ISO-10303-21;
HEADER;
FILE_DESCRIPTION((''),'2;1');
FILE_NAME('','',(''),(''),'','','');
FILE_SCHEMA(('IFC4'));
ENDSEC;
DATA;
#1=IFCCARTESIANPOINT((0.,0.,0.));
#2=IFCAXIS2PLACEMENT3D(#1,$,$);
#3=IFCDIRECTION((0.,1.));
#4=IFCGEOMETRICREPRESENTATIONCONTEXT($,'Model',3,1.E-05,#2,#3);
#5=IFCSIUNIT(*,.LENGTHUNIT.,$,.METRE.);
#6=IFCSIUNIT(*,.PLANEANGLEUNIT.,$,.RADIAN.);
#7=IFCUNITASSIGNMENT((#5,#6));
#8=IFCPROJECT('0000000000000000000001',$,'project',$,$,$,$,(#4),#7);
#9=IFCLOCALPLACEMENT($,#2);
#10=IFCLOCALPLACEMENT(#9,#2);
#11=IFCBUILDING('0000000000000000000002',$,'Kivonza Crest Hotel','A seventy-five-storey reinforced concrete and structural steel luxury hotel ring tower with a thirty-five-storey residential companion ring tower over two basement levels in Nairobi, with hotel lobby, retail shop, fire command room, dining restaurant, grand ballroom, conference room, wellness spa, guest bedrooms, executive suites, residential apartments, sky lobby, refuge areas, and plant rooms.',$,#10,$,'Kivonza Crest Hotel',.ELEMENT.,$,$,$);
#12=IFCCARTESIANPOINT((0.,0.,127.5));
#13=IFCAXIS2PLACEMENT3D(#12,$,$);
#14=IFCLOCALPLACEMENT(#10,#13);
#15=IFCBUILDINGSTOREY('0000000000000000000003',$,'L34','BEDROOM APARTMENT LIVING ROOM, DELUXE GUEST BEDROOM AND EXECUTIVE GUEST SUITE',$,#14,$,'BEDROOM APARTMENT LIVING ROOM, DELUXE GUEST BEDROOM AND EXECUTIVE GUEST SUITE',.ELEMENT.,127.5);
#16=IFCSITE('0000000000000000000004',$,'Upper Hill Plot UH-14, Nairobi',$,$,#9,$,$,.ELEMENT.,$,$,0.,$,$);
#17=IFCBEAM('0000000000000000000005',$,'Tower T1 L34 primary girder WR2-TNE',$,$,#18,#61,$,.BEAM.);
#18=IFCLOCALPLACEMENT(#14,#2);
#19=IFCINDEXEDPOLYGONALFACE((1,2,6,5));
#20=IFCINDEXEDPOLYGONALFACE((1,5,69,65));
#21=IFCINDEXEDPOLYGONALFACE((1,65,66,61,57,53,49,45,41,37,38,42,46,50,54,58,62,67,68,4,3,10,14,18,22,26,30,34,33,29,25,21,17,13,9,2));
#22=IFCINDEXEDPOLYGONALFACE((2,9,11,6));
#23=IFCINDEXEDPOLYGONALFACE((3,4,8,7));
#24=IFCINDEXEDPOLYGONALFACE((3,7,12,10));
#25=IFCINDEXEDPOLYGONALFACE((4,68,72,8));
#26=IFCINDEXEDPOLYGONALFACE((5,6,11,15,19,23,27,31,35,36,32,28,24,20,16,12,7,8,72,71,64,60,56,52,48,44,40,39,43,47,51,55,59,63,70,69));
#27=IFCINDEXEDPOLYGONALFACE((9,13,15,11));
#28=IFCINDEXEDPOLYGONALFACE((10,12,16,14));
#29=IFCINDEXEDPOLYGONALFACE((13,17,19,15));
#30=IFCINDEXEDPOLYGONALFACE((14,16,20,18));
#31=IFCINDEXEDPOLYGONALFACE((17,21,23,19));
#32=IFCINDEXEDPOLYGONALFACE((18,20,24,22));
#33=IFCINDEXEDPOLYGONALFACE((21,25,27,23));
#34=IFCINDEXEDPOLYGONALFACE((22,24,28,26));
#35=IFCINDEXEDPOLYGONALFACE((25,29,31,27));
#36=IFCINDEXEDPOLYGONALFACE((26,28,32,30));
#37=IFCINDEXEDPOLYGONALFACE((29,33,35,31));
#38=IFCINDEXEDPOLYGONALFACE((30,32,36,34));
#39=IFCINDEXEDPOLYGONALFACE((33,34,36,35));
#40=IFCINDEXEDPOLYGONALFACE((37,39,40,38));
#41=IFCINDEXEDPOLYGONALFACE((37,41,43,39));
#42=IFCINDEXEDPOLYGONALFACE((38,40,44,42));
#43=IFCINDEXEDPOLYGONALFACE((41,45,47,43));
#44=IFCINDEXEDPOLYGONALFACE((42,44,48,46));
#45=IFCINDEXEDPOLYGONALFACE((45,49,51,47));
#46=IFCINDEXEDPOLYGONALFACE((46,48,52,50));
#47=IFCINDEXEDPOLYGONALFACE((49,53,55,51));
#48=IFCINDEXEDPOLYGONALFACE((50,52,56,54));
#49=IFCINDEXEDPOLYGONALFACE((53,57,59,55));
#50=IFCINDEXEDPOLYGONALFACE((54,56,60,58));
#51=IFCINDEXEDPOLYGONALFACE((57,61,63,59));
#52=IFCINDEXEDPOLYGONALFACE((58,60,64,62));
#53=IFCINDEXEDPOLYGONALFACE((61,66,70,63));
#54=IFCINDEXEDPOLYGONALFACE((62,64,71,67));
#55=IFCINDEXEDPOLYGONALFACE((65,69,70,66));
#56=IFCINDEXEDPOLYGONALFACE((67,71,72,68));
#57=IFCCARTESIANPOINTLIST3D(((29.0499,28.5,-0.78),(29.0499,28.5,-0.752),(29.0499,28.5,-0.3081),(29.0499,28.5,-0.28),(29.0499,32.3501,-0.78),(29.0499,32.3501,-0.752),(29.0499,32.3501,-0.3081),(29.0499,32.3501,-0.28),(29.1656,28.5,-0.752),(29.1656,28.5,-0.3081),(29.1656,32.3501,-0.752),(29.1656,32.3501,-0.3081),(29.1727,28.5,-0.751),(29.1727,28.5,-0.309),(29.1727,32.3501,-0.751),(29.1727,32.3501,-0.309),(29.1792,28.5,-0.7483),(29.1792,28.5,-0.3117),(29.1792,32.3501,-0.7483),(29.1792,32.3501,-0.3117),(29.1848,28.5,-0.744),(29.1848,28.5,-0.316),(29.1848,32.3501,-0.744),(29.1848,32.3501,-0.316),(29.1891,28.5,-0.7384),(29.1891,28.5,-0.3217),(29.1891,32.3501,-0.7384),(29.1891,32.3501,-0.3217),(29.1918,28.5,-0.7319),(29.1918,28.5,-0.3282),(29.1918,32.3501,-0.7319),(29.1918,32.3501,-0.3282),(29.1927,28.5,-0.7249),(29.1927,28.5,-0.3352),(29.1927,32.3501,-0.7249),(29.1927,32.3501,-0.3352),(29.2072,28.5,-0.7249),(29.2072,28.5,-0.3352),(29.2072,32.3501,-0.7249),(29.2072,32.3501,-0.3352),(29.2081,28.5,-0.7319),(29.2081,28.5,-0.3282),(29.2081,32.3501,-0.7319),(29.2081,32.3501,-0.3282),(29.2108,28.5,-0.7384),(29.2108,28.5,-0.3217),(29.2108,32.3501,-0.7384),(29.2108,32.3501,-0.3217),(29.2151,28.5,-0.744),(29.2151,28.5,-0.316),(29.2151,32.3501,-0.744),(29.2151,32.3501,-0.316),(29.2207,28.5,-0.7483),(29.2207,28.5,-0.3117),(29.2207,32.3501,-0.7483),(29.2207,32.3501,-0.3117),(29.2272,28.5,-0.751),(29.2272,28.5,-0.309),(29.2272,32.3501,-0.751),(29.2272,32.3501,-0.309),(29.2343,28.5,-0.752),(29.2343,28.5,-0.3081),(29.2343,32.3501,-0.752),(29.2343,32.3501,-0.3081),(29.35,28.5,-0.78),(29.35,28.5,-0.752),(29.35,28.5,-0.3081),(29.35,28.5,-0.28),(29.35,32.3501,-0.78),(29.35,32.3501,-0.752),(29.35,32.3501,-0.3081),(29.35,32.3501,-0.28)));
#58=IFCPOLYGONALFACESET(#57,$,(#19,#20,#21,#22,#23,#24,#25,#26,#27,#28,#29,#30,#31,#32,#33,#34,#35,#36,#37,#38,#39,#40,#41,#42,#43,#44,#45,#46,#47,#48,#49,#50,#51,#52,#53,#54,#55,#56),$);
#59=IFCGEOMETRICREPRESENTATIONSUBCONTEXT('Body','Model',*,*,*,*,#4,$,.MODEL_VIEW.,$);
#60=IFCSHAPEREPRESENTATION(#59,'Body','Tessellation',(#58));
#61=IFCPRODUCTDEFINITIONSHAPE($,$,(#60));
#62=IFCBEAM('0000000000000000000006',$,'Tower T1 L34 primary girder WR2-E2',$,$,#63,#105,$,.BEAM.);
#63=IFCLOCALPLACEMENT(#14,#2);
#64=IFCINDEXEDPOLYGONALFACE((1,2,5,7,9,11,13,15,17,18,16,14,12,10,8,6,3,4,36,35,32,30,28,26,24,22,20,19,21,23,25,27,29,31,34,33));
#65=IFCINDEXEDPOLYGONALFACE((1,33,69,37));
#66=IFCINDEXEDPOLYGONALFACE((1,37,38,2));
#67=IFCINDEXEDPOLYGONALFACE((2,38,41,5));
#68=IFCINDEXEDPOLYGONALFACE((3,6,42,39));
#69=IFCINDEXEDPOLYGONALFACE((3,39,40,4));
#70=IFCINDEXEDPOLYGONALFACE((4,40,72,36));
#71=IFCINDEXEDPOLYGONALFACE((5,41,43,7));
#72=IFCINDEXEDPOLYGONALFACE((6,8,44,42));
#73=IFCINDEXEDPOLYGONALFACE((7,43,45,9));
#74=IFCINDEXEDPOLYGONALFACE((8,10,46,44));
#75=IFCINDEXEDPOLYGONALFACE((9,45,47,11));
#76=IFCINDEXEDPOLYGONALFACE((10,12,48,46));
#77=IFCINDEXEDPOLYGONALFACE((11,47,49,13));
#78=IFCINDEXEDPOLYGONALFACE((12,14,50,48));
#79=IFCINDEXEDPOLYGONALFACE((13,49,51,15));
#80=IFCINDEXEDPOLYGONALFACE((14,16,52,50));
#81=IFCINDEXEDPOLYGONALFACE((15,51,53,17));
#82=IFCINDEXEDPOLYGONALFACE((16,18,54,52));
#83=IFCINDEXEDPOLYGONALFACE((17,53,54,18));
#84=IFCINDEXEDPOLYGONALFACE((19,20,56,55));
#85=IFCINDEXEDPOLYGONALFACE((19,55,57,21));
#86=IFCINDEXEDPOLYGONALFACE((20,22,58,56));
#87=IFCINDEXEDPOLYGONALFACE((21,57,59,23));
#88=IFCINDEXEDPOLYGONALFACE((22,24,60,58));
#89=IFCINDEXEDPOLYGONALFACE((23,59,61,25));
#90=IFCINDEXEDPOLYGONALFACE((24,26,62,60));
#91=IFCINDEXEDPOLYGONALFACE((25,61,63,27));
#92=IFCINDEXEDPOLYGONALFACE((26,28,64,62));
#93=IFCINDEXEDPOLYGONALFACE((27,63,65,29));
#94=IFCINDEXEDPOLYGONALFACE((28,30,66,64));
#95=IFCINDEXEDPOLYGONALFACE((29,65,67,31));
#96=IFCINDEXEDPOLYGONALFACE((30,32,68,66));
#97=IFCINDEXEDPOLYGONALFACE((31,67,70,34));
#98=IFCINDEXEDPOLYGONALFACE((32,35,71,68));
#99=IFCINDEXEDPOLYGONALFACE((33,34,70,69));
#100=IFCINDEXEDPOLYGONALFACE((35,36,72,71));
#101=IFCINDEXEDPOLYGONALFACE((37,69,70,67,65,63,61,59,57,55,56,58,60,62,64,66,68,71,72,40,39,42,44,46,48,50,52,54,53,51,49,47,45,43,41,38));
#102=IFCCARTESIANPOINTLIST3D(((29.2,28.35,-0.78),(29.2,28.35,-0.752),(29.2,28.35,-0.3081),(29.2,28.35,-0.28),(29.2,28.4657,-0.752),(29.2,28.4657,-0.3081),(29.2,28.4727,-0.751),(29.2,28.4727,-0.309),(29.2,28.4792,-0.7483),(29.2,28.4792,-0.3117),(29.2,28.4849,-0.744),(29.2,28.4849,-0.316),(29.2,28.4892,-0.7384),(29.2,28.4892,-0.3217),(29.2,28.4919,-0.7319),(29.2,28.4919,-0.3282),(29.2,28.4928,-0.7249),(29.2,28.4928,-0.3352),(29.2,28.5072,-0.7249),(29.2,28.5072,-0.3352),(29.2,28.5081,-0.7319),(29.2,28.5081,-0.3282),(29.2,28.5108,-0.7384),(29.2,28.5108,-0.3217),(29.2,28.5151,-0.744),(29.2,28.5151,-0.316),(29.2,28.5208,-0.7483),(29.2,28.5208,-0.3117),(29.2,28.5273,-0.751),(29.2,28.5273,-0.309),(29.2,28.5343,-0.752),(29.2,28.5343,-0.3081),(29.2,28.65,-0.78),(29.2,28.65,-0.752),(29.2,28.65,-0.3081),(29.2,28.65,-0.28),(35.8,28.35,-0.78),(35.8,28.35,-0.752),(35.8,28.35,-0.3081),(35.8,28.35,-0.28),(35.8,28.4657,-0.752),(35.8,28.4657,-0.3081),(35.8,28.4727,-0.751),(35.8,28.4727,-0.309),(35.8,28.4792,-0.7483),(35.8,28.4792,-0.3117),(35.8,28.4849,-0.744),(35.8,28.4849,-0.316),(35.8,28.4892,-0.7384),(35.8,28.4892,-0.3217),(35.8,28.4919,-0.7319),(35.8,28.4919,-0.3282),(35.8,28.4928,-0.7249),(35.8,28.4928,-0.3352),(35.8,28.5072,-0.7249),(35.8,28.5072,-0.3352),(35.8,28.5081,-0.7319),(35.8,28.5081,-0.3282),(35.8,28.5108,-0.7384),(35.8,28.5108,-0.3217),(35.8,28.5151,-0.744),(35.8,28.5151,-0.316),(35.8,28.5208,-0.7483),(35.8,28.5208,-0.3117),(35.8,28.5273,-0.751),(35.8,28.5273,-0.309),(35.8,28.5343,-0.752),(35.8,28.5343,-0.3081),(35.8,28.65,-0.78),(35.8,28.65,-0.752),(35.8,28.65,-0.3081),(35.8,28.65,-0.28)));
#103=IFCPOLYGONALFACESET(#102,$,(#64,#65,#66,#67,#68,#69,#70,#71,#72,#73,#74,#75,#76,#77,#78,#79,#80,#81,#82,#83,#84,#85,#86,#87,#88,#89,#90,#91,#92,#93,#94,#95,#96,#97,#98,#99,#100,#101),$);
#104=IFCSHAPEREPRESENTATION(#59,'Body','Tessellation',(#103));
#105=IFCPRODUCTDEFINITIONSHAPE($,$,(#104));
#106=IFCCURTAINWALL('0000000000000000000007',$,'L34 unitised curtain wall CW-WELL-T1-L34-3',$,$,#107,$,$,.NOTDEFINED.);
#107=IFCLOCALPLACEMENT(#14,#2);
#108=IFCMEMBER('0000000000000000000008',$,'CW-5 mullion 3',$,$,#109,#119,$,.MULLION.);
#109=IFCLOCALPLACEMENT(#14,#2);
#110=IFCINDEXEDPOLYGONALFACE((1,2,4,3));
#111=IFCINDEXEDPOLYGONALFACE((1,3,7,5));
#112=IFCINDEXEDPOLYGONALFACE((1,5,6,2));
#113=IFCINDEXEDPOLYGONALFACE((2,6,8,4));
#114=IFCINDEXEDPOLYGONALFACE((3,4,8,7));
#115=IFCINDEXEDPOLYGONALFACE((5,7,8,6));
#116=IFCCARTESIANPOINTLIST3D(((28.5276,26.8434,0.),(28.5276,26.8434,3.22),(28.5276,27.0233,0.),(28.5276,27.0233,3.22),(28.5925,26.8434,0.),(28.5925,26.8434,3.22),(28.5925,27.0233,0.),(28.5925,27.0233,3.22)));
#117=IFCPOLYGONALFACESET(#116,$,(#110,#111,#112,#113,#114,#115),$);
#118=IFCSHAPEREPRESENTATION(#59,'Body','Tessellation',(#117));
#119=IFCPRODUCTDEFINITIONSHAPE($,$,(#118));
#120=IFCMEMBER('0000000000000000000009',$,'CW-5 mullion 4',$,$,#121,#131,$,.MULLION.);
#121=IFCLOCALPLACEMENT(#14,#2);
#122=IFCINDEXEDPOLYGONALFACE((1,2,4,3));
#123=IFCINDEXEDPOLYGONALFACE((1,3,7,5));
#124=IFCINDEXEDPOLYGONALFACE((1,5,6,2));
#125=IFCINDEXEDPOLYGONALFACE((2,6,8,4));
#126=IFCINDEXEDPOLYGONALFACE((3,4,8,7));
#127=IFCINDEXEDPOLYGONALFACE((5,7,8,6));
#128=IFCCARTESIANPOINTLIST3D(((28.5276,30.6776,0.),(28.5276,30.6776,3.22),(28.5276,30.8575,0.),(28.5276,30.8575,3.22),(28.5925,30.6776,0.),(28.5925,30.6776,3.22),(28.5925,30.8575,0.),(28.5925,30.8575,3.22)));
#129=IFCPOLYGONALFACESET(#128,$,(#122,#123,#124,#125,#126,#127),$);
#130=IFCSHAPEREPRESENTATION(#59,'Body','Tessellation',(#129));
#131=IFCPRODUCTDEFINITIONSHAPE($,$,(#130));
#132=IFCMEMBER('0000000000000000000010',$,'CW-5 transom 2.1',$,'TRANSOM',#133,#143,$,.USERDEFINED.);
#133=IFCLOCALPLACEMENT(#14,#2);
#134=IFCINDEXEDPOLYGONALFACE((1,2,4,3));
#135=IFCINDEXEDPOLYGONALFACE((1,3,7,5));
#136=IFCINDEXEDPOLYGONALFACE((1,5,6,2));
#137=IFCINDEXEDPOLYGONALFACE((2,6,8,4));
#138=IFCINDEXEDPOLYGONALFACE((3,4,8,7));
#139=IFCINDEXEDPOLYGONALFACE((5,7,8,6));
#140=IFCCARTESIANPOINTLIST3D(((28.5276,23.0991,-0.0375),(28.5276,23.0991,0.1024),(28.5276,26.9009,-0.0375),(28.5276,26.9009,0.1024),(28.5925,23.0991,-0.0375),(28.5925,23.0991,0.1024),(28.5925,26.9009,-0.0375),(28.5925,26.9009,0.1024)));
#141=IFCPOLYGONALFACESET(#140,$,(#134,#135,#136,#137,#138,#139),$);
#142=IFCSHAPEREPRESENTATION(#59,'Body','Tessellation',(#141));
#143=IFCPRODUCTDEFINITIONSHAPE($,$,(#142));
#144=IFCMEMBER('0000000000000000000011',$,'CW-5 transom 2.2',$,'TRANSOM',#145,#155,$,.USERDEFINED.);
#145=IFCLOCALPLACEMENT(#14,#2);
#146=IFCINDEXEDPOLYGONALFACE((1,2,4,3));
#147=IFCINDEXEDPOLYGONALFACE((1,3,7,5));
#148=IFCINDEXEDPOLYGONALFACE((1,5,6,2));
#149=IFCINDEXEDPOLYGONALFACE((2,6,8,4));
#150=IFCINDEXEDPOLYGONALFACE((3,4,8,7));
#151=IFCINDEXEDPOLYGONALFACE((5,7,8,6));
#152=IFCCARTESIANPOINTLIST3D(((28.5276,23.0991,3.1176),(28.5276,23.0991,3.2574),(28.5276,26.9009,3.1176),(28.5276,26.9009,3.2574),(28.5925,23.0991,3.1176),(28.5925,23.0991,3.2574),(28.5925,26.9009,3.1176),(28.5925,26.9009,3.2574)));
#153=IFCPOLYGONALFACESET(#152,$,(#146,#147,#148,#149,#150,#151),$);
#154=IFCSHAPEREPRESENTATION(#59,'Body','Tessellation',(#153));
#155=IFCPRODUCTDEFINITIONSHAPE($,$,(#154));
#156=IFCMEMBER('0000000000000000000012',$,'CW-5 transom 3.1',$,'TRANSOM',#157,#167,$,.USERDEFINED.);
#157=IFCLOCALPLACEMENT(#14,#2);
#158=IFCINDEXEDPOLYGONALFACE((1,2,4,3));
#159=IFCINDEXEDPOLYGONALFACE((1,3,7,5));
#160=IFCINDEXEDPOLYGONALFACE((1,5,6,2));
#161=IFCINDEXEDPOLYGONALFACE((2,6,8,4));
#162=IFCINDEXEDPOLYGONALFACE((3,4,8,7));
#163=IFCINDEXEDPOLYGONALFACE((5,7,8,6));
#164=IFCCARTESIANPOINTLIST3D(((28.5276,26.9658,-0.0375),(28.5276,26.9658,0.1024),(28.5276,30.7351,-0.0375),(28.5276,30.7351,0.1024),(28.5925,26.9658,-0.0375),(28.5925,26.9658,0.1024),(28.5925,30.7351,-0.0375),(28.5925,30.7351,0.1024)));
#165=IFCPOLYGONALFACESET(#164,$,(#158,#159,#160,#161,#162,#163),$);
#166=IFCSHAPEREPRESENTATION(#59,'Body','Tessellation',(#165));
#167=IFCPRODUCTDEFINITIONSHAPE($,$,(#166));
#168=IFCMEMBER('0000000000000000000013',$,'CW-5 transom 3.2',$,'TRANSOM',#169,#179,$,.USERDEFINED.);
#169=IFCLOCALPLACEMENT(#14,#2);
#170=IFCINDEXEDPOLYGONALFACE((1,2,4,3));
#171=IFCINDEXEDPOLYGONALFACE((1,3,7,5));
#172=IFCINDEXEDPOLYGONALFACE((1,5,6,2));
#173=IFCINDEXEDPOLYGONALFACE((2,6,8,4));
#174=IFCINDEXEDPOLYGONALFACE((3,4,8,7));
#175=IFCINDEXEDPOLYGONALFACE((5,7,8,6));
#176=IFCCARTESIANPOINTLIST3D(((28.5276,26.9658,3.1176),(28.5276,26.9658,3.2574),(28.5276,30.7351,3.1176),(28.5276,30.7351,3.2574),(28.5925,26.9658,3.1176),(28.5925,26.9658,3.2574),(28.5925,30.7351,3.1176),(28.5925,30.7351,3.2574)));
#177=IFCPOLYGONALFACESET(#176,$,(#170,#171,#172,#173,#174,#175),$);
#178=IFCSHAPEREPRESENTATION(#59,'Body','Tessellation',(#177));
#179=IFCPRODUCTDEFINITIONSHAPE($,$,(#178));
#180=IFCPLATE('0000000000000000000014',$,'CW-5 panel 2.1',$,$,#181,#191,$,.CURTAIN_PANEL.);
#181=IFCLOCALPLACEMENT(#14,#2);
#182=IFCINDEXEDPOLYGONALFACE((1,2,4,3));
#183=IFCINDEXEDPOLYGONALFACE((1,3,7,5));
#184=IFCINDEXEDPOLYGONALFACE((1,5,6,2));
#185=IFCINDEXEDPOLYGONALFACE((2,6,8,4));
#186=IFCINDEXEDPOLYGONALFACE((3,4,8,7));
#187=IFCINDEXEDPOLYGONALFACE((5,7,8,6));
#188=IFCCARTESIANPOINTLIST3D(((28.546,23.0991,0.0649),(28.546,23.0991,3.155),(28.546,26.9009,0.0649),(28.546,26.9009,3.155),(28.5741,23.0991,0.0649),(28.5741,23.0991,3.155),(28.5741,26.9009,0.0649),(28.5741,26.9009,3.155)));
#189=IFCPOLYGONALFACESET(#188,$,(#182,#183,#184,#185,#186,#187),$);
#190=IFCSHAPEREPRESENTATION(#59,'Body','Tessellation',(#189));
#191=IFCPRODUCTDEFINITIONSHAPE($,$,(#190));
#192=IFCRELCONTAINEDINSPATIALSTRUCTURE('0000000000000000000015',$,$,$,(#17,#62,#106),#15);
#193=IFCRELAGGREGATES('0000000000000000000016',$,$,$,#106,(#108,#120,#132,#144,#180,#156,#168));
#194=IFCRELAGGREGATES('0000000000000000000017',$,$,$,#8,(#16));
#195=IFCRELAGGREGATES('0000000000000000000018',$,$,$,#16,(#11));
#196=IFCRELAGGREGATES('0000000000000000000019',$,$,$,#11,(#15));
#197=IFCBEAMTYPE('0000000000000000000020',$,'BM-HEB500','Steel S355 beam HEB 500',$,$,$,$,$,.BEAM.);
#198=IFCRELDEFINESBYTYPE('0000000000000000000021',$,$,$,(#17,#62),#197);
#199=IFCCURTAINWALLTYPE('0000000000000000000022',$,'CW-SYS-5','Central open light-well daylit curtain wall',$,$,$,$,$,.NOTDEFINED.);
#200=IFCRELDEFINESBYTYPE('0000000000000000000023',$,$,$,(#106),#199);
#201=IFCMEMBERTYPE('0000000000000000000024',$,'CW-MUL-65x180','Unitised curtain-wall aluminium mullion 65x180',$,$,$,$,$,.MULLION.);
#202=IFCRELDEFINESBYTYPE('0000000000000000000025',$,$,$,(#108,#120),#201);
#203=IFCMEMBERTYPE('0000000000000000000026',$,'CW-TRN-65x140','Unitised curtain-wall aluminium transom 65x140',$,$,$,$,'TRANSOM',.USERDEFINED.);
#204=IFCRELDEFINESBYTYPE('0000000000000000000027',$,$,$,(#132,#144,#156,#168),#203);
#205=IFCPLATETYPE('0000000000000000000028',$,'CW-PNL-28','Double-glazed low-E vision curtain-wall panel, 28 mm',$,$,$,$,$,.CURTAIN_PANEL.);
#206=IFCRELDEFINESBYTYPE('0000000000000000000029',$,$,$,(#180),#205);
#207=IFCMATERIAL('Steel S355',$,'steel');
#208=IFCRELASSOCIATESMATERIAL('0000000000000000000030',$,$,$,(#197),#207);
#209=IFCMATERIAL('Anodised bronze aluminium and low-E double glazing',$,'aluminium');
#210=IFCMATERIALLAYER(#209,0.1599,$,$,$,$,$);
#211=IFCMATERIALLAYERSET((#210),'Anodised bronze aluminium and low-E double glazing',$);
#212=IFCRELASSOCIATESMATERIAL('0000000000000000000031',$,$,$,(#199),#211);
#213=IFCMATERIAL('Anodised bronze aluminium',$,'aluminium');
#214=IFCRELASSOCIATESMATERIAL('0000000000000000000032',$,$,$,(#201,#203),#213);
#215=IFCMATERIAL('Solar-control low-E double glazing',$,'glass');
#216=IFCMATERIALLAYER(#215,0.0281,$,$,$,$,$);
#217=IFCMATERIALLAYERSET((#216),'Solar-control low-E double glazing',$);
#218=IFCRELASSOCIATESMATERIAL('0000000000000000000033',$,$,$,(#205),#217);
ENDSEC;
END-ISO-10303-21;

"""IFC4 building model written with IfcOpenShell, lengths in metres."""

from ifc_helpers import new_model, si_unit, direction, frame, origin, origin_2d, place, context, subcontext, project, spatial, rectangle, i_section, extrude, material, layer, layer_set, material_profile, profile_set, type_object, element, aggregate, save


model = new_model("IFC4")

# Units and contexts
model_context = context("Model", 3, precision=1e-05, world=origin(), true_north=direction((0.0, 1.0)))
body_context = subcontext(model_context, "Body", "Model", "MODEL_VIEW")
ifc_project = project(units=[si_unit("LENGTHUNIT", "METRE"), si_unit("PLANEANGLEUNIT", "RADIAN")], contexts=[model_context])

# Site, building, storey
site_placement = place(None, origin())
site = spatial("IfcSite", under=ifc_project, at=site_placement, Name="Upper Hill Plot UH-14, Nairobi", CompositionType="ELEMENT", RefElevation=0.0)
building_placement = place(site_placement, origin())
building = spatial("IfcBuilding", under=site, at=building_placement, Name="Kivonza Crest Hotel", Description="A seventy-five-storey reinforced concrete and structural steel luxury hotel ring tower with a thirty-five-storey residential companion ring tower over two basement levels in Nairobi, with hotel lobby, retail shop, fire command room, dining restaurant, grand ballroom, conference room, wellness spa, guest bedrooms, executive suites, residential apartments, sky lobby, refuge areas, and plant rooms.", LongName="Kivonza Crest Hotel", CompositionType="ELEMENT")
storey_placement = place(building_placement, frame((0.0, 0.0, 127.5)))
storey = spatial("IfcBuildingStorey", under=building, at=storey_placement, Name="L34", Description="BEDROOM APARTMENT LIVING ROOM, DELUXE GUEST BEDROOM AND EXECUTIVE GUEST SUITE", LongName="BEDROOM APARTMENT LIVING ROOM, DELUXE GUEST BEDROOM AND EXECUTIVE GUEST SUITE", CompositionType="ELEMENT", Elevation=127.5)

# Beams
ifc_material_1 = material(Name="Steel S355", Category="steel")
ifc_material_profile_1 = material_profile(ifc_material_1, i_section(OverallWidth=0.3, OverallDepth=0.5, WebThickness=0.0144, FlangeThickness=0.0281, FilletRadius=0.0271, at=origin_2d()), Name="HEB 500")
ifc_profile_set_1 = profile_set([ifc_material_profile_1], Name="Steel S355")
beam_type_1 = type_object("IfcBeamType", Name="BM-HEB500", Description="Steel S355 beam HEB 500", PredefinedType="BEAM", material=ifc_profile_set_1)
beam_1_placement = place(storey_placement, frame((29.2, 28.5, -0.53), z_axis=(0.0, 1.0, 0.0), x_axis=(-1.0, 0.0, 0.0)))
element("IfcBeam", 1, at=beam_1_placement, inside=storey, type_object=beam_type_1, Name="Tower T1 L34 primary girder WR2-TNE", PredefinedType="BEAM", context=body_context, shape_type="SweptSolid", body=[
    extrude(i_section(OverallWidth=0.3, OverallDepth=0.5, WebThickness=0.0144, FlangeThickness=0.0281, FilletRadius=0.0271, at=origin_2d()), origin(), (0.0, 0.0, 1.0), 3.8501),
])
beam_2_placement = place(storey_placement, frame((29.2, 28.5, -0.53), z_axis=(1.0, 0.0, 0.0), x_axis=(0.0, 1.0, 0.0)))
element("IfcBeam", 2, at=beam_2_placement, inside=storey, type_object=beam_type_1, Name="Tower T1 L34 primary girder WR2-E2", PredefinedType="BEAM", context=body_context, shape_type="SweptSolid", body=[
    extrude(i_section(OverallWidth=0.3, OverallDepth=0.5, WebThickness=0.0144, FlangeThickness=0.0281, FilletRadius=0.0271, at=origin_2d()), origin(), (0.0, 0.0, 1.0), 6.6001),
])

# Curtain wall, members, plate
ifc_material_2 = material(Name="Anodised bronze aluminium and low-E double glazing", Category="aluminium")
ifc_layer_1 = layer(ifc_material_2, 0.1599)
ifc_layer_set_1 = layer_set([ifc_layer_1], Name="Anodised bronze aluminium and low-E double glazing")
curtain_wall_type = type_object("IfcCurtainWallType", Name="CW-SYS-5", Description="Central open light-well daylit curtain wall", PredefinedType="NOTDEFINED", material=ifc_layer_set_1)
curtain_wall_placement = place(storey_placement, origin())
curtain_wall = element("IfcCurtainWall", 3, at=curtain_wall_placement, inside=storey, type_object=curtain_wall_type, Name="L34 unitised curtain wall CW-WELL-T1-L34-3", PredefinedType="NOTDEFINED")
ifc_material_3 = material(Name="Anodised bronze aluminium", Category="aluminium")
ifc_material_profile_2 = material_profile(ifc_material_3, rectangle(XDim=0.0649, YDim=0.1799, at=origin_2d()), Name="CW-M 65x180")
ifc_profile_set_2 = profile_set([ifc_material_profile_2], Name="Anodised bronze aluminium")
member_type_1 = type_object("IfcMemberType", Name="CW-MUL-65x180", Description="Unitised curtain-wall aluminium mullion 65x180", PredefinedType="MULLION", material=ifc_profile_set_2)
member_1_placement = place(storey_placement, frame((28.5601, 26.9333, 0.0), z_axis=(0.0, 0.0, 1.0), x_axis=(-1.0, 0.0, 0.0)))
member_1 = element("IfcMember", 4, at=member_1_placement, type_object=member_type_1, Name="CW-5 mullion 3", PredefinedType="MULLION", context=body_context, shape_type="SweptSolid", body=[
    extrude(rectangle(XDim=0.0649, YDim=0.1799, at=origin_2d()), origin(), (0.0, 0.0, 1.0), 3.22),
])
member_2_placement = place(storey_placement, frame((28.5601, 30.7676, 0.0), z_axis=(0.0, 0.0, 1.0), x_axis=(-1.0, 0.0, 0.0)))
member_2 = element("IfcMember", 5, at=member_2_placement, type_object=member_type_1, Name="CW-5 mullion 4", PredefinedType="MULLION", context=body_context, shape_type="SweptSolid", body=[
    extrude(rectangle(XDim=0.0649, YDim=0.1799, at=origin_2d()), origin(), (0.0, 0.0, 1.0), 3.22),
])
ifc_material_profile_3 = material_profile(ifc_material_3, rectangle(XDim=0.0649, YDim=0.1399, at=origin_2d()), Name="CW-T 65x140")
ifc_profile_set_3 = profile_set([ifc_material_profile_3], Name="Anodised bronze aluminium")
member_type_2 = type_object("IfcMemberType", Name="CW-TRN-65x140", Description="Unitised curtain-wall aluminium transom 65x140", ElementType="TRANSOM", PredefinedType="USERDEFINED", material=ifc_profile_set_3)
member_3_placement = place(storey_placement, frame((28.5601, 23.0991, 0.0325), z_axis=(0.0, 1.0, 0.0), x_axis=(-1.0, 0.0, 0.0)))
member_3 = element("IfcMember", 6, at=member_3_placement, type_object=member_type_2, Name="CW-5 transom 2.1", ObjectType="TRANSOM", PredefinedType="USERDEFINED", context=body_context, shape_type="SweptSolid", body=[
    extrude(rectangle(XDim=0.0649, YDim=0.1399, at=origin_2d()), origin(), (0.0, 0.0, 1.0), 3.8018),
])
member_4_placement = place(storey_placement, frame((28.5601, 23.0991, 3.1875), z_axis=(0.0, 1.0, 0.0), x_axis=(-1.0, 0.0, 0.0)))
member_4 = element("IfcMember", 7, at=member_4_placement, type_object=member_type_2, Name="CW-5 transom 2.2", ObjectType="TRANSOM", PredefinedType="USERDEFINED", context=body_context, shape_type="SweptSolid", body=[
    extrude(rectangle(XDim=0.0649, YDim=0.1399, at=origin_2d()), origin(), (0.0, 0.0, 1.0), 3.8018),
])
member_5_placement = place(storey_placement, frame((28.5601, 26.9658, 0.0325), z_axis=(0.0, 1.0, 0.0), x_axis=(-1.0, 0.0, 0.0)))
member_5 = element("IfcMember", 8, at=member_5_placement, type_object=member_type_2, Name="CW-5 transom 3.1", ObjectType="TRANSOM", PredefinedType="USERDEFINED", context=body_context, shape_type="SweptSolid", body=[
    extrude(rectangle(XDim=0.0649, YDim=0.1399, at=origin_2d()), origin(), (0.0, 0.0, 1.0), 3.7693),
])
member_6_placement = place(storey_placement, frame((28.5601, 26.9658, 3.1875), z_axis=(0.0, 1.0, 0.0), x_axis=(-1.0, 0.0, 0.0)))
member_6 = element("IfcMember", 9, at=member_6_placement, type_object=member_type_2, Name="CW-5 transom 3.2", ObjectType="TRANSOM", PredefinedType="USERDEFINED", context=body_context, shape_type="SweptSolid", body=[
    extrude(rectangle(XDim=0.0649, YDim=0.1399, at=origin_2d()), origin(), (0.0, 0.0, 1.0), 3.7693),
])
ifc_material_4 = material(Name="Solar-control low-E double glazing", Category="glass")
ifc_layer_2 = layer(ifc_material_4, 0.0281)
ifc_layer_set_2 = layer_set([ifc_layer_2], Name="Solar-control low-E double glazing")
plate_type = type_object("IfcPlateType", Name="CW-PNL-28", Description="Double-glazed low-E vision curtain-wall panel, 28 mm", PredefinedType="CURTAIN_PANEL", material=ifc_layer_set_2)
plate_1_placement = place(storey_placement, frame((28.5601, 25.0, 0.0649), z_axis=(0.0, 0.0, 1.0), x_axis=(0.0, 1.0, 0.0)))
plate_1 = element("IfcPlate", 10, at=plate_1_placement, type_object=plate_type, Name="CW-5 panel 2.1", PredefinedType="CURTAIN_PANEL", context=body_context, shape_type="SweptSolid", body=[
    extrude(rectangle(XDim=3.8018, YDim=0.0281, at=origin_2d()), origin(), (0.0, 0.0, 1.0), 3.0901),
])
aggregate(curtain_wall, [member_1, member_2, member_3, member_4, plate_1, member_5, member_6])

save(model, "model.ifc")
